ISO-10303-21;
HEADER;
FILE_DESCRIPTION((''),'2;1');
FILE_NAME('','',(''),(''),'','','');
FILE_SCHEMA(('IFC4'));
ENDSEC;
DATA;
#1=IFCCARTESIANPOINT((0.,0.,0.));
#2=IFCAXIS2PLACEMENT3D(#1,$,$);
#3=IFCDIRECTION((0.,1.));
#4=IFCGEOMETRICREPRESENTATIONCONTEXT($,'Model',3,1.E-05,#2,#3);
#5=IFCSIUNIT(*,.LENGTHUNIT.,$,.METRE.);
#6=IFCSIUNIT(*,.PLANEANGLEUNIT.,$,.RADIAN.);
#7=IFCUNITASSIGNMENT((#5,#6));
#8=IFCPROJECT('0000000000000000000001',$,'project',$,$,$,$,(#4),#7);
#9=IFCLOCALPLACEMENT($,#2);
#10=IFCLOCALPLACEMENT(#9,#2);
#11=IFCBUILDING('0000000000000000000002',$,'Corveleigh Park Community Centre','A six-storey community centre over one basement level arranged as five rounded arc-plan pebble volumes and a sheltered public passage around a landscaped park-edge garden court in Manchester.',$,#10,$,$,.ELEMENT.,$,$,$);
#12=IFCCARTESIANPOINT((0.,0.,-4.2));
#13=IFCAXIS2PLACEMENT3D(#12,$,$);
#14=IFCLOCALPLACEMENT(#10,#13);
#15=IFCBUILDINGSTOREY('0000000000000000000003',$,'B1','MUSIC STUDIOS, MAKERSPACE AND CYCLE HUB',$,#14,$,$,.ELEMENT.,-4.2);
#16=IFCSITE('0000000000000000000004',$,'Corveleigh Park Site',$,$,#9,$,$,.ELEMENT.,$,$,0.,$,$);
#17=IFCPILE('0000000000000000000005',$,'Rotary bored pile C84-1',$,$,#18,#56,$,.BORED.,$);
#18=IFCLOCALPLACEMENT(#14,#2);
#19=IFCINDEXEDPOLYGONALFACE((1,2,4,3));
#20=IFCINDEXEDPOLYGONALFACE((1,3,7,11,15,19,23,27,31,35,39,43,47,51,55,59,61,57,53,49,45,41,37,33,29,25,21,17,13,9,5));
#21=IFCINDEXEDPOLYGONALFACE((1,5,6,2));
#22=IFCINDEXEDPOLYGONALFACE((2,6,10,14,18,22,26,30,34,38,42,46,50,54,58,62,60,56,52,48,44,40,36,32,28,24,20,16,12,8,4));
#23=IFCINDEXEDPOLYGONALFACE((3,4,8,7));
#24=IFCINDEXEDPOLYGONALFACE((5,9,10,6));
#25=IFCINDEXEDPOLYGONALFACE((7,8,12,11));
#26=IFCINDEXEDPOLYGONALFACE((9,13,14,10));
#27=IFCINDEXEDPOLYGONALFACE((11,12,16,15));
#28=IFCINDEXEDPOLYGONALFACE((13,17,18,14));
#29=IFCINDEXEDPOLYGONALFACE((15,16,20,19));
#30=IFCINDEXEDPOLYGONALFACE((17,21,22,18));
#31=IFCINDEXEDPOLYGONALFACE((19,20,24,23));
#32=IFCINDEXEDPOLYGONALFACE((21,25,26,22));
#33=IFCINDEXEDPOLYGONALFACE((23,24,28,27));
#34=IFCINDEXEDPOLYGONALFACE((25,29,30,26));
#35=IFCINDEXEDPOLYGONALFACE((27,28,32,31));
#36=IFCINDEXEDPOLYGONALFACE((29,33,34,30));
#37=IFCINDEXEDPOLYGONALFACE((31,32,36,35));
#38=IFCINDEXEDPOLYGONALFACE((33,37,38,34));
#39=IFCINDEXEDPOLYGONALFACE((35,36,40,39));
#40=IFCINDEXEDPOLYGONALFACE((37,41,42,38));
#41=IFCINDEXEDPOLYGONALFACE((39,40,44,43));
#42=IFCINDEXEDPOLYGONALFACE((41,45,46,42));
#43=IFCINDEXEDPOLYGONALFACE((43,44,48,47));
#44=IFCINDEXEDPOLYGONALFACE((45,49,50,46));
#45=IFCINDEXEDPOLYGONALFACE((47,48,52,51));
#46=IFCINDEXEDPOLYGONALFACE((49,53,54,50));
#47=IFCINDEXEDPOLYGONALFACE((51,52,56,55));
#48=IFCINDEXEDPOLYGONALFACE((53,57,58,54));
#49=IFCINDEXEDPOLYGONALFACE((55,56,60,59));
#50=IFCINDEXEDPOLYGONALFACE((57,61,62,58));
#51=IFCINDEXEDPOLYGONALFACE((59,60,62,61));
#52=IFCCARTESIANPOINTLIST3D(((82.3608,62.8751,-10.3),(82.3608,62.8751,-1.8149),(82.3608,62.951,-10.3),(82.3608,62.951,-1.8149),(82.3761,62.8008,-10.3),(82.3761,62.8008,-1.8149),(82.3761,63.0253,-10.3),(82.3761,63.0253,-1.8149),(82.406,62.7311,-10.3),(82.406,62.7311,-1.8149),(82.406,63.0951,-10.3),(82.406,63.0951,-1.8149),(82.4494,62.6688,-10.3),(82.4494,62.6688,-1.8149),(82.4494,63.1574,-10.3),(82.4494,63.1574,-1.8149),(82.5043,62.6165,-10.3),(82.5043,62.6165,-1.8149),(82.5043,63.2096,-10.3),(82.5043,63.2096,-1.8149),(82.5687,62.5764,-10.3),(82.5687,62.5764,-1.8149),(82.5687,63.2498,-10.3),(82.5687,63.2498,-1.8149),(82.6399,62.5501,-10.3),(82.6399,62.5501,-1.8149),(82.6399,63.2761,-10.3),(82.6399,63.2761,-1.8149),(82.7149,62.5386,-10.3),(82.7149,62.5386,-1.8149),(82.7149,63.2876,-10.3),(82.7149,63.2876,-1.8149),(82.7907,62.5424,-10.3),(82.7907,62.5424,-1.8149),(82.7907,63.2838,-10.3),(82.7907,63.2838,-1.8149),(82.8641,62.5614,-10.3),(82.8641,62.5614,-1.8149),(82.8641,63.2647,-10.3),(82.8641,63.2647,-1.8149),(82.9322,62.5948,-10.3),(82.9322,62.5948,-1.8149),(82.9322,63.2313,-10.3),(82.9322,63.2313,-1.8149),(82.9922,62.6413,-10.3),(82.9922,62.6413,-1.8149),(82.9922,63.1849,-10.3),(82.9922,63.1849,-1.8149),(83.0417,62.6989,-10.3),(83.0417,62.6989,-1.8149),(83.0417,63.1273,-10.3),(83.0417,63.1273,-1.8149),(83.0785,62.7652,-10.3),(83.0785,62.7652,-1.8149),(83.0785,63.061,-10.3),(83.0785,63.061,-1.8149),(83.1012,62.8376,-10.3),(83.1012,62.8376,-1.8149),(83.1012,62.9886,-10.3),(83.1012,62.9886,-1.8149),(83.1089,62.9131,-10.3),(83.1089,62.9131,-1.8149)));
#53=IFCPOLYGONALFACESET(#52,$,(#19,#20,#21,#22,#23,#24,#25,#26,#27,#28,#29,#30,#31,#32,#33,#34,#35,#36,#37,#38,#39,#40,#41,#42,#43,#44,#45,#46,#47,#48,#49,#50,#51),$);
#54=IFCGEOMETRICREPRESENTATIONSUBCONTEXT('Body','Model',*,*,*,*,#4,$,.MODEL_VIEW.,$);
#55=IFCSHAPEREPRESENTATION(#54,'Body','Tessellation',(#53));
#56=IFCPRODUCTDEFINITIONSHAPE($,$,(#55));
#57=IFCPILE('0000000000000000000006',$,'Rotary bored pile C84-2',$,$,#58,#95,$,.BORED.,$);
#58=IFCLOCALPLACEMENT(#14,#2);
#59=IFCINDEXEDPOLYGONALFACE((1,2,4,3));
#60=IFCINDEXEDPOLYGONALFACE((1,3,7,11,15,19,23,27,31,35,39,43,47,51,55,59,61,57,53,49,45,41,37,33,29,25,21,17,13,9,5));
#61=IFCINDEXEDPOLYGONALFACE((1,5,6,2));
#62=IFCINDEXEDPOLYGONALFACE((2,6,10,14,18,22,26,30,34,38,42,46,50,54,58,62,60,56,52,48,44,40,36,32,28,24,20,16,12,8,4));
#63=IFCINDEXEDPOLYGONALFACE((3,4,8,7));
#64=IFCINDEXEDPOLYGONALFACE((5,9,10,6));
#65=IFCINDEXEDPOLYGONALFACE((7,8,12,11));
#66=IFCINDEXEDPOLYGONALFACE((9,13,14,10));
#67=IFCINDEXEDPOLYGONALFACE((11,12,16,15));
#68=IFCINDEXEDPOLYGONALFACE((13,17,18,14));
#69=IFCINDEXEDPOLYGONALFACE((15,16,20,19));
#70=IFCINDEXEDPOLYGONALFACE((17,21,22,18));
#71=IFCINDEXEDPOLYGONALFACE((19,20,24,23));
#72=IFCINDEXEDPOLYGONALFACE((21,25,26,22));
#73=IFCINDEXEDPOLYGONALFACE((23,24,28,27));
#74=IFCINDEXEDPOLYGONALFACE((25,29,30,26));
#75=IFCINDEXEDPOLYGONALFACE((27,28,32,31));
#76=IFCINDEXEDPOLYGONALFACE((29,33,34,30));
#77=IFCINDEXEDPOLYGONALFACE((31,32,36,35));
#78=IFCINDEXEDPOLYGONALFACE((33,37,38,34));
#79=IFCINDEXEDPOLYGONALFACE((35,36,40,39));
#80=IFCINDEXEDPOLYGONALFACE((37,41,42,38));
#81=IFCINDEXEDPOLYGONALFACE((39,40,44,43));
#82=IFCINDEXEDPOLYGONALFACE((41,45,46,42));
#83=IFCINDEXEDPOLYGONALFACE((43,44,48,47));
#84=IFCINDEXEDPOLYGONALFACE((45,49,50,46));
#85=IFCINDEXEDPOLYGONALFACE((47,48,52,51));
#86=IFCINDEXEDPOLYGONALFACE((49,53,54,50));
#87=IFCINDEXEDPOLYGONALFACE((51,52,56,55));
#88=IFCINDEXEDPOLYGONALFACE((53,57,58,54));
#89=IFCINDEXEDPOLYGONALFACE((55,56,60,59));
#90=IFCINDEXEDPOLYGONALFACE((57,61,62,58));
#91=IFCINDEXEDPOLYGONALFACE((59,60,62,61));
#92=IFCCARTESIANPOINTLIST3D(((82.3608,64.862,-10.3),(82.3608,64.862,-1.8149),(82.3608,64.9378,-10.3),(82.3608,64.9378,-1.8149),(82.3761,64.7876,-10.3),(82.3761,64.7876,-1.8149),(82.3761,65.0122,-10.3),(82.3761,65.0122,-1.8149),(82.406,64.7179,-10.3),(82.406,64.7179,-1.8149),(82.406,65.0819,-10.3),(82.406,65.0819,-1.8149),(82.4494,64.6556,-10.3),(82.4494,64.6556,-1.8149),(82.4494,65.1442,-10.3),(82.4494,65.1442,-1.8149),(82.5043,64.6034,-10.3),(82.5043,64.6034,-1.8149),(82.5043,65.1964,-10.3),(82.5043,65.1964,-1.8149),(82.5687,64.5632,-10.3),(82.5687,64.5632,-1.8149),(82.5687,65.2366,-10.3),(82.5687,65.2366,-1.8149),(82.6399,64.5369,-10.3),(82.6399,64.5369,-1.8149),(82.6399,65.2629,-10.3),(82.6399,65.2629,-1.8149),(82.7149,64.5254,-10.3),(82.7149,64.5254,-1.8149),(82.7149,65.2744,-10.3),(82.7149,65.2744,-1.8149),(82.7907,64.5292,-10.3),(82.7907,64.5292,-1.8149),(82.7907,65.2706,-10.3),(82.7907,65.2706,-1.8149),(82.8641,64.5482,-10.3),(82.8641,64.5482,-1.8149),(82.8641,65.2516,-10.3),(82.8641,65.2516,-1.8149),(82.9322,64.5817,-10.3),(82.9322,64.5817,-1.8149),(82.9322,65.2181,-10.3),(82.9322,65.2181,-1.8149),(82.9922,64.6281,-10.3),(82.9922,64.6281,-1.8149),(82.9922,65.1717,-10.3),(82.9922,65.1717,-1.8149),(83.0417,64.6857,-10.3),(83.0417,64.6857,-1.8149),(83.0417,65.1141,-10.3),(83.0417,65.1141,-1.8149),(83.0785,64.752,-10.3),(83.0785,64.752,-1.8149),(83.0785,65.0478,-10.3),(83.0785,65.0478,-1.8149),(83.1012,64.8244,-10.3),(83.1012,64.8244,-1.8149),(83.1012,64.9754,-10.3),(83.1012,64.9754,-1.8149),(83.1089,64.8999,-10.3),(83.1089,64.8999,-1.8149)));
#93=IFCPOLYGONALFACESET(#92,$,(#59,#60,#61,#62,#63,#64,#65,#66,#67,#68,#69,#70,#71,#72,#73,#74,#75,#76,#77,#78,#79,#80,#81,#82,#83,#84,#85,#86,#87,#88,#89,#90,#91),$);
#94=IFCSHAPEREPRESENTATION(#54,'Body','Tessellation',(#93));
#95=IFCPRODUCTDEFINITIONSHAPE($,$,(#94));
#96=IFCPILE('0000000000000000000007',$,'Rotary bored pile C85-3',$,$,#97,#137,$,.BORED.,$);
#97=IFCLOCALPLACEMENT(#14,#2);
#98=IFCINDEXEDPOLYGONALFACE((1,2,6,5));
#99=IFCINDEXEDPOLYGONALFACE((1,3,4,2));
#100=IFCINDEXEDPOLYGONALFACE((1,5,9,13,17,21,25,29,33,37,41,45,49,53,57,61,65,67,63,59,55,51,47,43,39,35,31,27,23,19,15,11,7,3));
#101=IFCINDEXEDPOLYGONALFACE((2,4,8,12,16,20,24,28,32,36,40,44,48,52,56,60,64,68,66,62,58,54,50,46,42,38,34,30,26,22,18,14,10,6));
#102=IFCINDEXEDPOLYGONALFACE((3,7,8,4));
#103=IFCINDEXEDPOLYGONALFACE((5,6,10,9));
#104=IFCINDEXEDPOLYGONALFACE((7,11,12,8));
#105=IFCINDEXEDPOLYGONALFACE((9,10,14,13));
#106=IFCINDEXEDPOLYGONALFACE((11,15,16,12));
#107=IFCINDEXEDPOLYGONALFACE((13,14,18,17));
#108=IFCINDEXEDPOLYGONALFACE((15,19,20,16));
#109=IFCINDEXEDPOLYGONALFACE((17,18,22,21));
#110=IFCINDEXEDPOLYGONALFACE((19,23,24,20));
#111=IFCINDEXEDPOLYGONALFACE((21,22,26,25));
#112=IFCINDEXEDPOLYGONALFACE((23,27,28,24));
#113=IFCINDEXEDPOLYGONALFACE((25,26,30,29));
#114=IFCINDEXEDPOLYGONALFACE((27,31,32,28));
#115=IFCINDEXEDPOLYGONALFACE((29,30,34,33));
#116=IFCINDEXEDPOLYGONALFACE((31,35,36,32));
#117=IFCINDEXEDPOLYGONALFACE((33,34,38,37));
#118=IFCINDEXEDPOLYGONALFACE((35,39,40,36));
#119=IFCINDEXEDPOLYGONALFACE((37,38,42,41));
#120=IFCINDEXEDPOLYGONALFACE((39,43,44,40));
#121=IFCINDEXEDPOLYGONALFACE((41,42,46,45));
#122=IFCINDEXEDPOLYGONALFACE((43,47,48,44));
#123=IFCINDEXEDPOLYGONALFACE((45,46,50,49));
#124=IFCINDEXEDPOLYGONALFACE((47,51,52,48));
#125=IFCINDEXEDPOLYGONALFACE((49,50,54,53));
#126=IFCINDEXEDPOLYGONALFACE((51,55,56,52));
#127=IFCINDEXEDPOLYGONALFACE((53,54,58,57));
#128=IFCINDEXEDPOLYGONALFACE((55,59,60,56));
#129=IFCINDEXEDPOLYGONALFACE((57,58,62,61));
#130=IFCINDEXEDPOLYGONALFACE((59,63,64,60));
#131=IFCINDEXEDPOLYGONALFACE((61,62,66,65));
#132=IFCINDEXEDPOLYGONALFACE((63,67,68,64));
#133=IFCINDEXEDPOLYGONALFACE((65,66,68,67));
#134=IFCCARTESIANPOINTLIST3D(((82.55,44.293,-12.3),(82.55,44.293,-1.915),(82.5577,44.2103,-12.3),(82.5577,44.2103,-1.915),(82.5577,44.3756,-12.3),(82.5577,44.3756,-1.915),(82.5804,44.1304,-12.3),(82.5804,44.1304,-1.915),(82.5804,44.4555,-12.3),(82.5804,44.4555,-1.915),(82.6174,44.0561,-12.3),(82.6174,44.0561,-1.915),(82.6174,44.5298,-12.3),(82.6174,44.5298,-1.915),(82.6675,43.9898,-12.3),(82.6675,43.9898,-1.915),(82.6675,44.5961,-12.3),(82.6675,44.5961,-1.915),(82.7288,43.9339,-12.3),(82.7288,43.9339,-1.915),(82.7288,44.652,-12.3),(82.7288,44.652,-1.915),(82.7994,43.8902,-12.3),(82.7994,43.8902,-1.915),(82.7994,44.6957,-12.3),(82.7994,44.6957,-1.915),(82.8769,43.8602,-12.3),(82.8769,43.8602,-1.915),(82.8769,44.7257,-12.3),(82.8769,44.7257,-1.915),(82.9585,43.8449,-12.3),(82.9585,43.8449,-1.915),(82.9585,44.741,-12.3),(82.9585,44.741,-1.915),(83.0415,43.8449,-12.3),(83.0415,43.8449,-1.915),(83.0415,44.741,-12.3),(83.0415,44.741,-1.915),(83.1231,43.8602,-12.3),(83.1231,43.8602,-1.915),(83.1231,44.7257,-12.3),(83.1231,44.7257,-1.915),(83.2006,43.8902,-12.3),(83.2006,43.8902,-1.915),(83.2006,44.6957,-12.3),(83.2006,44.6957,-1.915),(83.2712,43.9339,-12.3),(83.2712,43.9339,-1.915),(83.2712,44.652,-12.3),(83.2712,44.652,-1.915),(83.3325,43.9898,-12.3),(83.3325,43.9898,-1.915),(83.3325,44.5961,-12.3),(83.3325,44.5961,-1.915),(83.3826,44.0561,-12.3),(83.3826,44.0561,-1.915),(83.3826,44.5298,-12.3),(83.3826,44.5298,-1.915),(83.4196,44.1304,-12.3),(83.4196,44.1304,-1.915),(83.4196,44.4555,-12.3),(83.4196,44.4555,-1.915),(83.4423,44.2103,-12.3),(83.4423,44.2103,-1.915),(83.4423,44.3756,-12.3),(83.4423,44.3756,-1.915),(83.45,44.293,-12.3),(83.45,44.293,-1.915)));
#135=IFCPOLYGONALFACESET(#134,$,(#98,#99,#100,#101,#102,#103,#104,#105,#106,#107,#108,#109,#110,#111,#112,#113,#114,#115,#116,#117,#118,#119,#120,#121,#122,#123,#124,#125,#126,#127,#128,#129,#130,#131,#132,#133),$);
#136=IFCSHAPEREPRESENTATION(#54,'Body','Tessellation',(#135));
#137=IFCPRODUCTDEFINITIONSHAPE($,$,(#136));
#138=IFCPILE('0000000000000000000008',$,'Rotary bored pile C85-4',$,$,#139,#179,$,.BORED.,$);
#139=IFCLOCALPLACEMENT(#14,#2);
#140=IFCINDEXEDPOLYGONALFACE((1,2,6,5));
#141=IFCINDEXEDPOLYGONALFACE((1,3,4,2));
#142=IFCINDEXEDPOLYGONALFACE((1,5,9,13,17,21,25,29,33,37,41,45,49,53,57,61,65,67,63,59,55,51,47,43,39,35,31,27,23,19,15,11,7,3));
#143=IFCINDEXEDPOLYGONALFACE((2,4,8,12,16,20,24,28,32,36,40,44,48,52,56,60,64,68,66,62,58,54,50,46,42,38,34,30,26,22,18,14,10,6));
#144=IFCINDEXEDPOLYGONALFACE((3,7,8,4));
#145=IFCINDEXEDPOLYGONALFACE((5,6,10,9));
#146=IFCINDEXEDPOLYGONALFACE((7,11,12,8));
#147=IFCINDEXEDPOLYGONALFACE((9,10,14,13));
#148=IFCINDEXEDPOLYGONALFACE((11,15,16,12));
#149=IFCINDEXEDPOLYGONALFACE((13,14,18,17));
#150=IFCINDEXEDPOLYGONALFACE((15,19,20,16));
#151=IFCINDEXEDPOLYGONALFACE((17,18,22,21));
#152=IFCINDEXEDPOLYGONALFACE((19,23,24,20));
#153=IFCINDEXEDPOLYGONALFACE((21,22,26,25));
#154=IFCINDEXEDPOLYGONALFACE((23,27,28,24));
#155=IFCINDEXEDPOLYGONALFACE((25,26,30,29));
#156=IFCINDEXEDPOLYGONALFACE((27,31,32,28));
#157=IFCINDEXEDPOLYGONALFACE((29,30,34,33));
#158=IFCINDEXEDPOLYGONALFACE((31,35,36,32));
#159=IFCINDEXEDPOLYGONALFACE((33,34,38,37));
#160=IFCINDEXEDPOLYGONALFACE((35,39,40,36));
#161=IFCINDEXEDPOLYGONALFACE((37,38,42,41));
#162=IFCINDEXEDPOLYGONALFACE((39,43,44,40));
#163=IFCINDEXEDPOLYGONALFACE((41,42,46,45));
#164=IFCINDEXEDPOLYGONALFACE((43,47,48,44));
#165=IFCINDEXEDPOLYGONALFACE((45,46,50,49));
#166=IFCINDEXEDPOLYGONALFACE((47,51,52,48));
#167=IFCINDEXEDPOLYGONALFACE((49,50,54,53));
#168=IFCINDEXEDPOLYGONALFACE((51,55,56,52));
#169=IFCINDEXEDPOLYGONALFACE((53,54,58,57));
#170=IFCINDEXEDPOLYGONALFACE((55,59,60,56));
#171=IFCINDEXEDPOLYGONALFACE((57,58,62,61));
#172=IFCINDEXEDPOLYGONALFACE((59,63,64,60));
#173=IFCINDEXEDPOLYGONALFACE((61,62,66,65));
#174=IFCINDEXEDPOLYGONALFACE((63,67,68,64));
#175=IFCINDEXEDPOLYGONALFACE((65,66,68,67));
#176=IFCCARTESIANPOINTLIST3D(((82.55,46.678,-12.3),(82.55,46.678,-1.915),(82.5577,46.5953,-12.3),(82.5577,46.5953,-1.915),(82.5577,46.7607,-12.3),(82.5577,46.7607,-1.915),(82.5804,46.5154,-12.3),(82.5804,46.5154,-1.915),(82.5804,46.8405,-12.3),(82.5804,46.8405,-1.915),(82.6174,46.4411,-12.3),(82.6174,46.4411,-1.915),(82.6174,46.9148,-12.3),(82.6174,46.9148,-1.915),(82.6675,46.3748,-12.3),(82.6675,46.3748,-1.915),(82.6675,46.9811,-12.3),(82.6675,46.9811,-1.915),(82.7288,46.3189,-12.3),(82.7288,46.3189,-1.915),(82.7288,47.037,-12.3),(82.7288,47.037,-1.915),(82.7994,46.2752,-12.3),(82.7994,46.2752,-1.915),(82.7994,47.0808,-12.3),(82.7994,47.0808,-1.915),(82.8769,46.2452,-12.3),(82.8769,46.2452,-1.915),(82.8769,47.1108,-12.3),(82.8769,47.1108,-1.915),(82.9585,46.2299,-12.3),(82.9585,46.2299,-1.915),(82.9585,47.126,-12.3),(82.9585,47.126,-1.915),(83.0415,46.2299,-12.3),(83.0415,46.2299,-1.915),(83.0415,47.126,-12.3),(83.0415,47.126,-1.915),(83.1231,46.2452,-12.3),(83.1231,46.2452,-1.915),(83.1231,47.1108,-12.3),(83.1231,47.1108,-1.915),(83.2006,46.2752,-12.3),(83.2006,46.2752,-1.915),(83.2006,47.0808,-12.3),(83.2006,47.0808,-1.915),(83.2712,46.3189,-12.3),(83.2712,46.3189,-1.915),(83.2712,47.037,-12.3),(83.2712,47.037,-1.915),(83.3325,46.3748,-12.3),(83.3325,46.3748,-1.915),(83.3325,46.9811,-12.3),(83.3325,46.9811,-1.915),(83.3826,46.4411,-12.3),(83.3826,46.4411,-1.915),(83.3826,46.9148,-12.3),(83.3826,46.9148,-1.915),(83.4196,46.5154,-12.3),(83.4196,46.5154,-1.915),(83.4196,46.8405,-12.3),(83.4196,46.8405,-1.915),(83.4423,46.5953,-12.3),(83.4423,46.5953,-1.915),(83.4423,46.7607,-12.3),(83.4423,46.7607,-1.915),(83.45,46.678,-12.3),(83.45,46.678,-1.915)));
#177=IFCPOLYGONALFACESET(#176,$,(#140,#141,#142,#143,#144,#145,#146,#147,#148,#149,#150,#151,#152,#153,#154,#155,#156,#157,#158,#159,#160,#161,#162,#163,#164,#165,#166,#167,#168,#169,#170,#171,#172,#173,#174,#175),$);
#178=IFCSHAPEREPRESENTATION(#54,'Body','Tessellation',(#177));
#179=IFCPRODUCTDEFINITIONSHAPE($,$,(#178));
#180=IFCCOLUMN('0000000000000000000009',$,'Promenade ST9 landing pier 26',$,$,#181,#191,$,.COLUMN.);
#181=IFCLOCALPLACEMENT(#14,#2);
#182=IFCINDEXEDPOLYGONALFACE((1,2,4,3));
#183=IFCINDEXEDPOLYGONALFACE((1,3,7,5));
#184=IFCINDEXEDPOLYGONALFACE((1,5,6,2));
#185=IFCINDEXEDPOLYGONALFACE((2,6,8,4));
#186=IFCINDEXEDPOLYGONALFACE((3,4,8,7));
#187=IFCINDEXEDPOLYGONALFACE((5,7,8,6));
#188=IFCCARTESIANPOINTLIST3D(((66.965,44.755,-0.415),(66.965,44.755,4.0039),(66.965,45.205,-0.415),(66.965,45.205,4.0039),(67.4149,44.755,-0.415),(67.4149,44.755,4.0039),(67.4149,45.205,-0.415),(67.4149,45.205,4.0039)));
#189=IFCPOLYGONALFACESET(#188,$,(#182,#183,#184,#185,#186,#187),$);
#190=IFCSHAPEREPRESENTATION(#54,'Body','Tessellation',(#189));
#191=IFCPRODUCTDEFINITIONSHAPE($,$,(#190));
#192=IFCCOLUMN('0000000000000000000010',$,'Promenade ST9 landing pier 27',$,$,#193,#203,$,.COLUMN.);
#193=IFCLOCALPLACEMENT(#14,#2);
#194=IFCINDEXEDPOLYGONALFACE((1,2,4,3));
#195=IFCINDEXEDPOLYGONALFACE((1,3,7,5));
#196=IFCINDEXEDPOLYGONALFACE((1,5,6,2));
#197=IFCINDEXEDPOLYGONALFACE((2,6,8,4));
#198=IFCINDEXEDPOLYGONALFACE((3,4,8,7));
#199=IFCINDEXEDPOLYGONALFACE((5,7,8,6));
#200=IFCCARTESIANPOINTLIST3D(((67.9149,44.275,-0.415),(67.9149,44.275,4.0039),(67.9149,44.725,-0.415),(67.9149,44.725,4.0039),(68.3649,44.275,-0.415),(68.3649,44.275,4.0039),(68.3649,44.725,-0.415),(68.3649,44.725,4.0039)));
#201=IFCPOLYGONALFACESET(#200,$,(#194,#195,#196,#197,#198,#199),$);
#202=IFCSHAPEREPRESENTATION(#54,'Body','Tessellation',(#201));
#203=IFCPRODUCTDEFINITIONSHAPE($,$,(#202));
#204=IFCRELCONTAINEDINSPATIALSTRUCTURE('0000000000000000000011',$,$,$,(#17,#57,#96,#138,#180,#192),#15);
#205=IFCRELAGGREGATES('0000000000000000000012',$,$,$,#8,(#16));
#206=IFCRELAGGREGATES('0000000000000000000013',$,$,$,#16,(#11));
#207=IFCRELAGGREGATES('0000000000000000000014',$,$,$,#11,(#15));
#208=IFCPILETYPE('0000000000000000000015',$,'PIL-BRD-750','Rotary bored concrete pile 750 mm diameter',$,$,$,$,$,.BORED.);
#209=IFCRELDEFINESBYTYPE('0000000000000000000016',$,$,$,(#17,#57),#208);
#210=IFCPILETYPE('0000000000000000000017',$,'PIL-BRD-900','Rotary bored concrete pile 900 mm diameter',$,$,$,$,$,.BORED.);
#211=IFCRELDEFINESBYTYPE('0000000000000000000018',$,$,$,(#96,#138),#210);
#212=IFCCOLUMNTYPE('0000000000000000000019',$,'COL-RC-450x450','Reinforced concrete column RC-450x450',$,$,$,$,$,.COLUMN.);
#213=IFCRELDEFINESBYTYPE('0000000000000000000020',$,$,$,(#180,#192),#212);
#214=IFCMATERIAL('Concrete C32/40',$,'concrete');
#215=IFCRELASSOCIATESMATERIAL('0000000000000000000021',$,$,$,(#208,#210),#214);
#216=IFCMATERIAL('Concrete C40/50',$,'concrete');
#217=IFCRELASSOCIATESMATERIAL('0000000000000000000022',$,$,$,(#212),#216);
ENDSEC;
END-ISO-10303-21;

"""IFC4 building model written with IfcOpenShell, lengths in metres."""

from ifc_helpers import new_model, si_unit, direction, frame, origin, origin_2d, place, context, subcontext, project, spatial, rectangle, circle, extrude, material, material_profile, profile_set, type_object, element, save


model = new_model("IFC4")

# Units and contexts
model_context = context("Model", 3, precision=1e-05, world=origin(), true_north=direction((0.0, 1.0)))
body_context = subcontext(model_context, "Body", "Model", "MODEL_VIEW")
ifc_project = project(units=[si_unit("LENGTHUNIT", "METRE"), si_unit("PLANEANGLEUNIT", "RADIAN")], contexts=[model_context])

# Site, building, storey
site_placement = place(None, origin())
site = spatial("IfcSite", under=ifc_project, at=site_placement, Name="Corveleigh Park Site", CompositionType="ELEMENT", RefElevation=0.0)
building_placement = place(site_placement, origin())
building = spatial("IfcBuilding", under=site, at=building_placement, Name="Corveleigh Park Community Centre", Description="A six-storey community centre over one basement level arranged as five rounded arc-plan pebble volumes and a sheltered public passage around a landscaped park-edge garden court in Manchester.", CompositionType="ELEMENT")
storey_placement = place(building_placement, frame((0.0, 0.0, -4.2)))
storey = spatial("IfcBuildingStorey", under=building, at=storey_placement, Name="B1", Description="MUSIC STUDIOS, MAKERSPACE AND CYCLE HUB", CompositionType="ELEMENT", Elevation=-4.2)

# Shared definitions
ifc_material_1 = material(Name="Concrete C40/50", Category="concrete")

# Piles
ifc_material_2 = material(Name="Concrete C32/40", Category="concrete")
ifc_material_profile_1 = material_profile(ifc_material_2, circle(Radius=0.375, at=origin_2d()), Name="BORED-PILE-750", Category="concrete")
ifc_profile_set_1 = profile_set([ifc_material_profile_1], Name="Concrete C32/40")
pile_type_1 = type_object("IfcPileType", Name="PIL-BRD-750", Description="Rotary bored concrete pile 750 mm diameter", PredefinedType="BORED", material=ifc_profile_set_1)
for number, where, z_axis, x_axis, name in (
    (1, (82.7339, 62.9131, -1.8149), (0.0, 0.0, -1.0), (1.0, 0.0, 0.0), "Rotary bored pile C84-1"),
    (2, (82.7339, 64.8999, -1.8149), (0.0, 0.0, -1.0), (1.0, 0.0, 0.0), "Rotary bored pile C84-2"),
):
    element("IfcPile", number, at=place(storey_placement, frame(where, z_axis=z_axis, x_axis=x_axis)), inside=storey, type_object=pile_type_1, Name=name, PredefinedType="BORED", context=body_context, shape_type="SweptSolid", body=[
        extrude(circle(Radius=0.375, at=origin_2d()), origin(), (0.0, 0.0, 1.0), 8.4851),
    ])
ifc_material_profile_2 = material_profile(ifc_material_2, circle(Radius=0.45, at=origin_2d()), Name="BORED-PILE-900", Category="concrete")
ifc_profile_set_2 = profile_set([ifc_material_profile_2], Name="Concrete C32/40")
pile_type_2 = type_object("IfcPileType", Name="PIL-BRD-900", Description="Rotary bored concrete pile 900 mm diameter", PredefinedType="BORED", material=ifc_profile_set_2)
for number, where, z_axis, x_axis, name in (
    (3, (83.0, 44.293, -1.915), (0.0, 0.0, -1.0), (1.0, 0.0, 0.0), "Rotary bored pile C85-3"),
    (4, (83.0, 46.678, -1.915), (0.0, 0.0, -1.0), (1.0, 0.0, 0.0), "Rotary bored pile C85-4"),
):
    element("IfcPile", number, at=place(storey_placement, frame(where, z_axis=z_axis, x_axis=x_axis)), inside=storey, type_object=pile_type_2, Name=name, PredefinedType="BORED", context=body_context, shape_type="SweptSolid", body=[
        extrude(circle(Radius=0.45, at=origin_2d()), origin(), (0.0, 0.0, 1.0), 10.385),
    ])

# Columns
ifc_material_profile_3 = material_profile(ifc_material_1, rectangle(XDim=0.45, YDim=0.45, at=origin_2d()), Name="RC-450x450", Category="concrete")
ifc_profile_set_3 = profile_set([ifc_material_profile_3], Name="Concrete C40/50")
column_type_1 = type_object("IfcColumnType", Name="COL-RC-450x450", Description="Reinforced concrete column RC-450x450", PredefinedType="COLUMN", material=ifc_profile_set_3)
for number, where, z_axis, x_axis, name in (
    (5, (67.1899, 44.98, -0.415), (0.0, 0.0, 1.0), (1.0, 0.0, 0.0), "Promenade ST9 landing pier 26"),
    (6, (68.1399, 44.5, -0.415), (0.0, 0.0, 1.0), (1.0, 0.0, 0.0), "Promenade ST9 landing pier 27"),
):
    element("IfcColumn", number, at=place(storey_placement, frame(where, z_axis=z_axis, x_axis=x_axis)), inside=storey, type_object=column_type_1, Name=name, PredefinedType="COLUMN", context=body_context, shape_type="SweptSolid", body=[
        extrude(rectangle(XDim=0.45, YDim=0.45, at=origin_2d()), origin(), (0.0, 0.0, 1.0), 4.4189),
    ])

save(model, "model.ifc")
